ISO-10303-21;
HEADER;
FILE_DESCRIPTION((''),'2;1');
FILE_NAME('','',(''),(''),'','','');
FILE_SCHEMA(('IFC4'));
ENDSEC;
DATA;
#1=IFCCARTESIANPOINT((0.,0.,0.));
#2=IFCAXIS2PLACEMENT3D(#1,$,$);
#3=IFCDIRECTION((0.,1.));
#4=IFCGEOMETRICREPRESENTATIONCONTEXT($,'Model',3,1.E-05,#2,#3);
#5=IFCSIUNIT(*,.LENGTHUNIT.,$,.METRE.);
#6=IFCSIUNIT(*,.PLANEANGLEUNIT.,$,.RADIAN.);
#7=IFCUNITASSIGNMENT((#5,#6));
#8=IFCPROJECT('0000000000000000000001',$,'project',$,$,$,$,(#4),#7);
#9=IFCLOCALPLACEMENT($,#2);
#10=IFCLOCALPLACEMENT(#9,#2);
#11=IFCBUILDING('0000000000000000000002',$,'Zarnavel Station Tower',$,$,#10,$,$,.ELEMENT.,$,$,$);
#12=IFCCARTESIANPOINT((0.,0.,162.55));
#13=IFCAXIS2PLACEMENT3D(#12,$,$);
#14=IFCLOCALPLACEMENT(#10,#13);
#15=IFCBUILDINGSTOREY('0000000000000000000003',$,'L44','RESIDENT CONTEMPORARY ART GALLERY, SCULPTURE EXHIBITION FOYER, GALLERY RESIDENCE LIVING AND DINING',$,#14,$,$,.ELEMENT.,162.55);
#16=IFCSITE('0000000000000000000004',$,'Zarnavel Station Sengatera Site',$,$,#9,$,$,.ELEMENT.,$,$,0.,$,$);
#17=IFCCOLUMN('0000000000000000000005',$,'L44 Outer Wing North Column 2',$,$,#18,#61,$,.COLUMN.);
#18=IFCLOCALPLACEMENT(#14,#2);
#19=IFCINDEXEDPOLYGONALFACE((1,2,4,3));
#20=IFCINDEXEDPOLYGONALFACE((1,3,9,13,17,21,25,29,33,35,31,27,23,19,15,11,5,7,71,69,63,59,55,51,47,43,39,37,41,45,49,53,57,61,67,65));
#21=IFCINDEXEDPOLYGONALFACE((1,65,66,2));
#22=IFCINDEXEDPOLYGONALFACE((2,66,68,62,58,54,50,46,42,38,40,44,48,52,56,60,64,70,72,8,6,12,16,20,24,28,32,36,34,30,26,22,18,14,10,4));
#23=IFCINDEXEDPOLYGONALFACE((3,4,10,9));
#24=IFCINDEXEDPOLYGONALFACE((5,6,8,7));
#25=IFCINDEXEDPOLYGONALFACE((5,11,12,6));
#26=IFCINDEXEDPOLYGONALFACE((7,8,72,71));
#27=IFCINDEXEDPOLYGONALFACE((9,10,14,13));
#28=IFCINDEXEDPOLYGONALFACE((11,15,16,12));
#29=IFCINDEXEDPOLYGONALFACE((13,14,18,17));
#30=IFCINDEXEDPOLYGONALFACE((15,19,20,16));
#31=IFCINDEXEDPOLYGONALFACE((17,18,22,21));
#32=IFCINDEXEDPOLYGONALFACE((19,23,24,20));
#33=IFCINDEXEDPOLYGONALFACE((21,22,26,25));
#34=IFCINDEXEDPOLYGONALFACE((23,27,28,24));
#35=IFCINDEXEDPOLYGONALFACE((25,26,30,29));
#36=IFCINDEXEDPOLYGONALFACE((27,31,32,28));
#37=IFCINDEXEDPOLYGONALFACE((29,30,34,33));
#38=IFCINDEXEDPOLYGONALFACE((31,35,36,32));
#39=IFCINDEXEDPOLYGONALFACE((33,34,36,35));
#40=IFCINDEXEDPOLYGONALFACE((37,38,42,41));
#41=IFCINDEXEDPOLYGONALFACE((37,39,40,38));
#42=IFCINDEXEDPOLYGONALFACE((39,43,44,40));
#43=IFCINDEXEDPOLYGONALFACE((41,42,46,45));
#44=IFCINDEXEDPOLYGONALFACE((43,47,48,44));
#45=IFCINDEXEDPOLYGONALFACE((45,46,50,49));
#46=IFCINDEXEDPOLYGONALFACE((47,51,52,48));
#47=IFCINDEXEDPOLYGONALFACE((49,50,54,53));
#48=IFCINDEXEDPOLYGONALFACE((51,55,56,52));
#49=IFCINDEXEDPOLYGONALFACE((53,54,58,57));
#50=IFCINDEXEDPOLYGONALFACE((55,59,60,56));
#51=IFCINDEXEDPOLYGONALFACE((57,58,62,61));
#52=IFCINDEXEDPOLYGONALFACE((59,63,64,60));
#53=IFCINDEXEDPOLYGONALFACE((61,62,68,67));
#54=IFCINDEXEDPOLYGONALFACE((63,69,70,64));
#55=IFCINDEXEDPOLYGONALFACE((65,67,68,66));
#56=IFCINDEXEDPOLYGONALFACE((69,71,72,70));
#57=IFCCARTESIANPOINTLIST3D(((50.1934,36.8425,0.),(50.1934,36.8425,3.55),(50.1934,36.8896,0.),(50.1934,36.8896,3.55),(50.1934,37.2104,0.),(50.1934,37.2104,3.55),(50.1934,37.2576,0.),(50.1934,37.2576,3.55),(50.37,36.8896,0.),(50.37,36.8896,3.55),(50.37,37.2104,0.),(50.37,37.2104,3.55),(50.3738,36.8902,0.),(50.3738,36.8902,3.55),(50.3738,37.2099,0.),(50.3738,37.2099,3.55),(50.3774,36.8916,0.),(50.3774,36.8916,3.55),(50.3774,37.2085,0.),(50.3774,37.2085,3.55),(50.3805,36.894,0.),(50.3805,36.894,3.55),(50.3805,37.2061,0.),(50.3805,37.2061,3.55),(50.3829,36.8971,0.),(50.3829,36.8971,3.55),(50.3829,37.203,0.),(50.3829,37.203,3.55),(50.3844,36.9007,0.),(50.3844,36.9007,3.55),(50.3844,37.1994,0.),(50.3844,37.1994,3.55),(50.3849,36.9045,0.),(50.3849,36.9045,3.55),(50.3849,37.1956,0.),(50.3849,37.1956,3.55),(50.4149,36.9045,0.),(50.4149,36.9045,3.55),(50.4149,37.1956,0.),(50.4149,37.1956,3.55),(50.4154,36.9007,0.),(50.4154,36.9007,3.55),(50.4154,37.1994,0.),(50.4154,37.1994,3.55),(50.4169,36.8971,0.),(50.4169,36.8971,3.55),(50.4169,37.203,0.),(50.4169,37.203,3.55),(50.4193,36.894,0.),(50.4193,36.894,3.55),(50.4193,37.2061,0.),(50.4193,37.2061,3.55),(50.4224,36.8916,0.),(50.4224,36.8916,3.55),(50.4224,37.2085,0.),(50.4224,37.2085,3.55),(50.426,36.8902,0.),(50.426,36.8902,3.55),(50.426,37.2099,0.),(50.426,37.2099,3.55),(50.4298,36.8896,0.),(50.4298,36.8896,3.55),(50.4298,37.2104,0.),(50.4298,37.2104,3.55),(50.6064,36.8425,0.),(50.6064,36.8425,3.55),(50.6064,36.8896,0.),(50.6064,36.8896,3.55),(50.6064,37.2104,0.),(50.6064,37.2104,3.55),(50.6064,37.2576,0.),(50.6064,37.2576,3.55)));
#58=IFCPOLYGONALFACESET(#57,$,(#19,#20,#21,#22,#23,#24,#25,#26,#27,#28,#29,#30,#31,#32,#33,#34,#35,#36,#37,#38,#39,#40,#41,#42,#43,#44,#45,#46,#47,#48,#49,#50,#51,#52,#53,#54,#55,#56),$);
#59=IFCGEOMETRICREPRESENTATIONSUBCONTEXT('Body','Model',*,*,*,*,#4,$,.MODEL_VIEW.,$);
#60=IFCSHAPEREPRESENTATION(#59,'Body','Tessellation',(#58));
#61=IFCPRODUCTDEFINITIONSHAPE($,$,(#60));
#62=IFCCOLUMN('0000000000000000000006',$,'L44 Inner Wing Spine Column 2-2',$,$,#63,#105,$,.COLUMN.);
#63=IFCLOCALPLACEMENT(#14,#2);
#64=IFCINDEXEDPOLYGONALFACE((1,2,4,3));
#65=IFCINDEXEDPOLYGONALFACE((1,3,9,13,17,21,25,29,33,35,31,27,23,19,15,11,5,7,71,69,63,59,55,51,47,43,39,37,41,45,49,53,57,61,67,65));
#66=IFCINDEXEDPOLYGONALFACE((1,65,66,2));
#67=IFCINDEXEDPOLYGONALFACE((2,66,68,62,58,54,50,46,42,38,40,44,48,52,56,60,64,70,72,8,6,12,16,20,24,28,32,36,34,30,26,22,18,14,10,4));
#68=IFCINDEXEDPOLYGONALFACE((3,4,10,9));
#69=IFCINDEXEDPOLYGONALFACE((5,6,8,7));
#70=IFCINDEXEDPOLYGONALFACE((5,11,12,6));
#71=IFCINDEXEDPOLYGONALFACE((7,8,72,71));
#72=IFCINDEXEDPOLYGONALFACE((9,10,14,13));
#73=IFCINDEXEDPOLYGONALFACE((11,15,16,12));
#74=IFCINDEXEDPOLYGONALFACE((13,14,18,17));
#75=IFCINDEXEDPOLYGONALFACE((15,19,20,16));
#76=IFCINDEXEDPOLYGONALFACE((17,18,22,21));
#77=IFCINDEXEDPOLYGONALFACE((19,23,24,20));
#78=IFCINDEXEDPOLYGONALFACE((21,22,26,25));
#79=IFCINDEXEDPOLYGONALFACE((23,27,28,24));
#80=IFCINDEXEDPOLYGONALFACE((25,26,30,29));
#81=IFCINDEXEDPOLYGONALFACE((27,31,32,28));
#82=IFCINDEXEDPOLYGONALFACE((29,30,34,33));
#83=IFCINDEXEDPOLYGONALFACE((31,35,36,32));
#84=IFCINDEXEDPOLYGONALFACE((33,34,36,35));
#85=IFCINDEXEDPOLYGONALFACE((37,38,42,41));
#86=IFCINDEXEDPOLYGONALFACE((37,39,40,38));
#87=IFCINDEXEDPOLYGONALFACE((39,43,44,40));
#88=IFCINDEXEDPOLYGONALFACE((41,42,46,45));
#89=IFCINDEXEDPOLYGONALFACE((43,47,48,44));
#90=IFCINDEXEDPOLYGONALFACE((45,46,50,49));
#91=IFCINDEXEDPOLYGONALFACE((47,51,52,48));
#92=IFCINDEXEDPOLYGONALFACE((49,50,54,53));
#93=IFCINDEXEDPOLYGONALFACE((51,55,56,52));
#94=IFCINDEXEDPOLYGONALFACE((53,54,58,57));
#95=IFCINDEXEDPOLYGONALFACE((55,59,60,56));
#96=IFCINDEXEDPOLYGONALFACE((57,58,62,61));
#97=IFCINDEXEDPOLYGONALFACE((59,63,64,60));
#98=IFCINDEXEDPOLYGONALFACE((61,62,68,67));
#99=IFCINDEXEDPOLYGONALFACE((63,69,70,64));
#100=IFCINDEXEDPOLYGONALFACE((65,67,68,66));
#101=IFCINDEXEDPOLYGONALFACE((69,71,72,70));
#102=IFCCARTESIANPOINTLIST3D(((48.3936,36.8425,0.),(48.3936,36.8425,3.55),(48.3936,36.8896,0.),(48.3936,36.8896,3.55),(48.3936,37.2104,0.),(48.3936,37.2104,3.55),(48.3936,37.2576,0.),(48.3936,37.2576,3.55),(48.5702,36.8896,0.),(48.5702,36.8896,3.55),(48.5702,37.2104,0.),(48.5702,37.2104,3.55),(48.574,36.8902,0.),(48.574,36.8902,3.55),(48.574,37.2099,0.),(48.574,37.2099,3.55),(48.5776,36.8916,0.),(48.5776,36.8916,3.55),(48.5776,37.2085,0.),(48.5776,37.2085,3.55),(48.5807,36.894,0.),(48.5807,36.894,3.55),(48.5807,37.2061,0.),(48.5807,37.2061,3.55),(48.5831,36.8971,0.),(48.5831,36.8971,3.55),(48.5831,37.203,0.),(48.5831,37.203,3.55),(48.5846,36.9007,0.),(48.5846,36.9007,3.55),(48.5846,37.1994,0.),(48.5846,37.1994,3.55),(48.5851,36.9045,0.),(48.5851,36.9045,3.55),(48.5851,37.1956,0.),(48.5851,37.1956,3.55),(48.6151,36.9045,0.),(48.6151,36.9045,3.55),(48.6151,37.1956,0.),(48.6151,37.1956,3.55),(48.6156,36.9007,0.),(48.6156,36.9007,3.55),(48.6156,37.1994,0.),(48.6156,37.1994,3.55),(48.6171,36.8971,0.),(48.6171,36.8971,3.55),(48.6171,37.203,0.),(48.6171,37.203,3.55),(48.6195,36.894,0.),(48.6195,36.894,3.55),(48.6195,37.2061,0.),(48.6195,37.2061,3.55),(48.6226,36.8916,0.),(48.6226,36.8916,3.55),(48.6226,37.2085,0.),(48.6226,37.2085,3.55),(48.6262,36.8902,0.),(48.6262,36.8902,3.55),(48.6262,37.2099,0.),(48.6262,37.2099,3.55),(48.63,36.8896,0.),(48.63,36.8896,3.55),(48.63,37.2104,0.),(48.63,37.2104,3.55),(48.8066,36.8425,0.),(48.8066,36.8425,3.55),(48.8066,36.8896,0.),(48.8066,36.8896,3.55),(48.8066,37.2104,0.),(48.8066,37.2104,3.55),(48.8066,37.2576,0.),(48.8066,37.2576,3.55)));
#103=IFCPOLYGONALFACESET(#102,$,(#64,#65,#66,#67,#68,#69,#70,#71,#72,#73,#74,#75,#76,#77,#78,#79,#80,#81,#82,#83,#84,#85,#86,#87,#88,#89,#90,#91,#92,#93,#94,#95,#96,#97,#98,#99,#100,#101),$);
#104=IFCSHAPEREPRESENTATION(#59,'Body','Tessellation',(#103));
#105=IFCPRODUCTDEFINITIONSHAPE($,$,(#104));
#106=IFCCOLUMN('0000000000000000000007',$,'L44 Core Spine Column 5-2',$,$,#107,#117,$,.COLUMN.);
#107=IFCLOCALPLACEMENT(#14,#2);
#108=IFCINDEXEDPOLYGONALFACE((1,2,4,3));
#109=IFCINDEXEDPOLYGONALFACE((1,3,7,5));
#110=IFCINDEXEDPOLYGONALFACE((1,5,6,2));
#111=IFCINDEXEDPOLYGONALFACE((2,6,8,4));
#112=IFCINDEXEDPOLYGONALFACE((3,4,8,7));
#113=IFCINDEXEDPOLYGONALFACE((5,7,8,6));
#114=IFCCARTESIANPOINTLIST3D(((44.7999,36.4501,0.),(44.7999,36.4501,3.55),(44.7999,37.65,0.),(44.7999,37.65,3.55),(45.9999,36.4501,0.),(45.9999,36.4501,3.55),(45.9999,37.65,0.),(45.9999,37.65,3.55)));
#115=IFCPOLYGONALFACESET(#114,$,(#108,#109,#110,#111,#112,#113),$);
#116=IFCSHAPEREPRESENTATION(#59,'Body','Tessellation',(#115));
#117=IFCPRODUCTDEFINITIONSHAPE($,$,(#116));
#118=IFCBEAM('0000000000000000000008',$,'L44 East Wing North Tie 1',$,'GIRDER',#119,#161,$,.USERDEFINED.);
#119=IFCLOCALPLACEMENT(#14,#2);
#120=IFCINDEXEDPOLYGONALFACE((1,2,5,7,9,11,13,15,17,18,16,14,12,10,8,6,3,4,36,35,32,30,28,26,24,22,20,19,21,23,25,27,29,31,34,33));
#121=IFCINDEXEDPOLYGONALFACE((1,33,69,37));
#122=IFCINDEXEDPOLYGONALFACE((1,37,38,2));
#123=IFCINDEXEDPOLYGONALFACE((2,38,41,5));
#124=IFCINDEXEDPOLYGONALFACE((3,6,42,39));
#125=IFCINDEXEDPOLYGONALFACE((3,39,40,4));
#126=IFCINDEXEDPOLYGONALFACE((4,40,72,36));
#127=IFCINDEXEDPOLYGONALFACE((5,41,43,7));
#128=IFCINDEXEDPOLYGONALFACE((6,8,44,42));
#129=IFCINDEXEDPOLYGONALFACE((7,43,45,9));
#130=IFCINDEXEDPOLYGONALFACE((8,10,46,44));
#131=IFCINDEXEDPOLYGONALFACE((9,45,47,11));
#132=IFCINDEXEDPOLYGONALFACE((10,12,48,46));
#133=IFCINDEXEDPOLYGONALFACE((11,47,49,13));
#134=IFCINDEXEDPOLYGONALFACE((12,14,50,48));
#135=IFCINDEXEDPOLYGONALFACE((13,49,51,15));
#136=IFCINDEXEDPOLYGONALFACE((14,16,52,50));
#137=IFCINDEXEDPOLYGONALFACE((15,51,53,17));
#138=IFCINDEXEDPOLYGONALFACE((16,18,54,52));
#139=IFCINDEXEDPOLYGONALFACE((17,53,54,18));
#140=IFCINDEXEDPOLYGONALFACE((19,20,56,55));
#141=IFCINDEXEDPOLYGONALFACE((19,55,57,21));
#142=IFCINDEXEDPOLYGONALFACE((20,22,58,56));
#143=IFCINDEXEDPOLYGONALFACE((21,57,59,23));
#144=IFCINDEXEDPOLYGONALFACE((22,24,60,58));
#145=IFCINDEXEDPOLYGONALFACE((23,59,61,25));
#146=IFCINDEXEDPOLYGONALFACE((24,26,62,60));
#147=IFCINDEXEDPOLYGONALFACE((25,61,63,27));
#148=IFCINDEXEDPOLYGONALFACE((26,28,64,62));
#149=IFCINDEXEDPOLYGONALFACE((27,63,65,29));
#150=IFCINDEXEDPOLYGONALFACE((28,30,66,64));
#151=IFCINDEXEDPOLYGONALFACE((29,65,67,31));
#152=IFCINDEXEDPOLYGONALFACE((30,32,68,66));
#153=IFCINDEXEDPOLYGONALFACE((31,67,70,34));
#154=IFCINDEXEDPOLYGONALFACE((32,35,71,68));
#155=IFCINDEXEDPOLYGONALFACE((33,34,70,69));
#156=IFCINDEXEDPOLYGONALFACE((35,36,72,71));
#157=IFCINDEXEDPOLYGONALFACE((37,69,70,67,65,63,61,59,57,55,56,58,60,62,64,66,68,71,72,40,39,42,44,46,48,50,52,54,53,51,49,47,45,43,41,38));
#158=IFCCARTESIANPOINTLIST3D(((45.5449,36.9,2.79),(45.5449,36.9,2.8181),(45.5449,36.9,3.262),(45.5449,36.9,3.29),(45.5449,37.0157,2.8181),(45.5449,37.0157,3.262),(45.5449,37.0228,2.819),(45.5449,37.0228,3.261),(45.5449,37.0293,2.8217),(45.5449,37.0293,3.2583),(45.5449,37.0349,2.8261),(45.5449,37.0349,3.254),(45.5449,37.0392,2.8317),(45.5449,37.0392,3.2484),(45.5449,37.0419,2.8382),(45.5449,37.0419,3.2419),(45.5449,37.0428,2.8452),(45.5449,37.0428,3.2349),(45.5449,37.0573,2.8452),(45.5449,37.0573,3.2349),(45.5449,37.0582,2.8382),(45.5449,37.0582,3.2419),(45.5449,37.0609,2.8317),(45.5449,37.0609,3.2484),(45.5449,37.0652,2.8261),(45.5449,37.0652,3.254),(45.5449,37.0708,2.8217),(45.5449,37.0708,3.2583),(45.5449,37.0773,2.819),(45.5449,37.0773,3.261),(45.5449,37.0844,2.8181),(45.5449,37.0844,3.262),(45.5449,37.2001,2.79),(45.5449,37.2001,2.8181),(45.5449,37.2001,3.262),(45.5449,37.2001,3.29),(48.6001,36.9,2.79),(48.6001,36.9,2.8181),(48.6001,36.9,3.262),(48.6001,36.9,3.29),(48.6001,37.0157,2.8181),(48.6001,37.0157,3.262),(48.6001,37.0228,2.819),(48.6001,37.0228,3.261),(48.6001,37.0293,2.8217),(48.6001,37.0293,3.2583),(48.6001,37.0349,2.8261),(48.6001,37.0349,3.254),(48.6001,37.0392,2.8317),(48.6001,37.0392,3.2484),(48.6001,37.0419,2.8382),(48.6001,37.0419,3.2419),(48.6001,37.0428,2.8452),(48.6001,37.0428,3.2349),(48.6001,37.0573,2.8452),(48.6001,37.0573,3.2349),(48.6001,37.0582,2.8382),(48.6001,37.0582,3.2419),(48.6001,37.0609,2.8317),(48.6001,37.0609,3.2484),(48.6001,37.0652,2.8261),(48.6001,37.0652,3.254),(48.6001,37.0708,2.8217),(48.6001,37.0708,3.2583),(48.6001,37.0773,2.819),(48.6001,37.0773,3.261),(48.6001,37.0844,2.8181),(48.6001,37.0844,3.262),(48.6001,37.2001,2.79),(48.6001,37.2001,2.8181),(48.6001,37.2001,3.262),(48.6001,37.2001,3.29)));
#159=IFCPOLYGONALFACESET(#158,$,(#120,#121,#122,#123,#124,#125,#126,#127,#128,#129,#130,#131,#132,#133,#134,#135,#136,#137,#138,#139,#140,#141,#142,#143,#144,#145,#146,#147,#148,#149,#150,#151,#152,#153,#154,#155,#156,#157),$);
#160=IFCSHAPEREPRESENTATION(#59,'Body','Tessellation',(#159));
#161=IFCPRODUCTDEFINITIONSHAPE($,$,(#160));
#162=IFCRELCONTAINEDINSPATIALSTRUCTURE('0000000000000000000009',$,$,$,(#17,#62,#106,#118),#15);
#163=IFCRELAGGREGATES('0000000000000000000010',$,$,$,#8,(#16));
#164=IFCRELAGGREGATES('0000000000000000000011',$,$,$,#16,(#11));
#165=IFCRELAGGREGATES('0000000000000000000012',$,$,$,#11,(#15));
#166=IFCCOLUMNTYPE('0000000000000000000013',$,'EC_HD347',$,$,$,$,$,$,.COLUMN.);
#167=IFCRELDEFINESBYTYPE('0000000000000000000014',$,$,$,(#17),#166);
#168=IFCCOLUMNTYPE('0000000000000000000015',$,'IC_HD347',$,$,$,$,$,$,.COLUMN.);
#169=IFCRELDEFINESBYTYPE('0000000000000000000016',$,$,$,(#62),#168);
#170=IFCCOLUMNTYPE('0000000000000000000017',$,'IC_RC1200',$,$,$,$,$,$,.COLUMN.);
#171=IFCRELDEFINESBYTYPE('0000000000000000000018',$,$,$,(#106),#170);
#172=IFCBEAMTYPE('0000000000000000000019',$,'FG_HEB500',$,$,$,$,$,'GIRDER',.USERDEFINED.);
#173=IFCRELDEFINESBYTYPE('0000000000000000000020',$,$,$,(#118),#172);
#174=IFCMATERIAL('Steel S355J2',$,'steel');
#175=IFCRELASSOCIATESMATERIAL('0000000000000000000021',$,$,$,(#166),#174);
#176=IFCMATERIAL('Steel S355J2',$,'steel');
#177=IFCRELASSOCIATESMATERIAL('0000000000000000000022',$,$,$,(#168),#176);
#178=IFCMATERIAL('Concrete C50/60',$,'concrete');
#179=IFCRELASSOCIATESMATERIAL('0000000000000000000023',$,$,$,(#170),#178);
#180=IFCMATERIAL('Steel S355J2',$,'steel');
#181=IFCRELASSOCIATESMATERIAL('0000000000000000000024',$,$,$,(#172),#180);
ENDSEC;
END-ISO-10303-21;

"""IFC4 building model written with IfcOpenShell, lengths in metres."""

from ifc_helpers import new_model, si_unit, direction, frame, origin, origin_2d, place, context, subcontext, project, spatial, rectangle, i_section, extrude, material, material_profile, profile_set, type_object, element, save


model = new_model("IFC4")

# Units and contexts
model_context = context("Model", 3, precision=1e-05, world=origin(), true_north=direction((0.0, 1.0)))
body_context = subcontext(model_context, "Body", "Model", "MODEL_VIEW")
ifc_project = project(units=[si_unit("LENGTHUNIT", "METRE"), si_unit("PLANEANGLEUNIT", "RADIAN")], contexts=[model_context])

# Site, building, storey
site_placement = place(None, origin())
site = spatial("IfcSite", under=ifc_project, at=site_placement, Name="Zarnavel Station Sengatera Site", CompositionType="ELEMENT", RefElevation=0.0)
building_placement = place(site_placement, origin())
building = spatial("IfcBuilding", under=site, at=building_placement, Name="Zarnavel Station Tower", CompositionType="ELEMENT")
storey_placement = place(building_placement, frame((0.0, 0.0, 162.55)))
storey = spatial("IfcBuildingStorey", under=building, at=storey_placement, Name="L44", Description="RESIDENT CONTEMPORARY ART GALLERY, SCULPTURE EXHIBITION FOYER, GALLERY RESIDENCE LIVING AND DINING", CompositionType="ELEMENT", Elevation=162.55)

# Columns
ifc_material_1 = material(Name="Steel S355J2", Category="steel")
ifc_material_profile_1 = material_profile(ifc_material_1, i_section(OverallWidth=0.4131, OverallDepth=0.415, WebThickness=0.03, FlangeThickness=0.0471, FilletRadius=0.0149, at=origin_2d()), Name="HD400x347")
ifc_profile_set_1 = profile_set([ifc_material_profile_1], Name="Steel S355J2")
column_type_1 = type_object("IfcColumnType", Name="EC_HD347", PredefinedType="COLUMN", material=ifc_profile_set_1)
column_1_placement = place(storey_placement, frame((50.3999, 37.05, 0.0), z_axis=(0.0, 0.0, 1.0), x_axis=(1.0, 0.0, 0.0)))
element("IfcColumn", 1, at=column_1_placement, inside=storey, type_object=column_type_1, Name="L44 Outer Wing North Column 2", PredefinedType="COLUMN", context=body_context, shape_type="SweptSolid", body=[
    extrude(i_section(OverallWidth=0.4131, OverallDepth=0.415, WebThickness=0.03, FlangeThickness=0.0471, FilletRadius=0.0149, at=origin_2d()), origin(), (0.0, 0.0, 1.0), 3.55),
])
ifc_material_2 = material(Name="Steel S355J2", Category="steel")
ifc_material_profile_2 = material_profile(ifc_material_2, i_section(OverallWidth=0.4131, OverallDepth=0.415, WebThickness=0.03, FlangeThickness=0.0471, FilletRadius=0.0149, at=origin_2d()), Name="HD400x347")
ifc_profile_set_2 = profile_set([ifc_material_profile_2], Name="Steel S355J2")
column_type_2 = type_object("IfcColumnType", Name="IC_HD347", PredefinedType="COLUMN", material=ifc_profile_set_2)
column_2_placement = place(storey_placement, frame((48.6001, 37.05, 0.0), z_axis=(0.0, 0.0, 1.0), x_axis=(1.0, 0.0, 0.0)))
element("IfcColumn", 2, at=column_2_placement, inside=storey, type_object=column_type_2, Name="L44 Inner Wing Spine Column 2-2", PredefinedType="COLUMN", context=body_context, shape_type="SweptSolid", body=[
    extrude(i_section(OverallWidth=0.4131, OverallDepth=0.415, WebThickness=0.03, FlangeThickness=0.0471, FilletRadius=0.0149, at=origin_2d()), origin(), (0.0, 0.0, 1.0), 3.55),
])
ifc_material_3 = material(Name="Concrete C50/60", Category="concrete")
ifc_material_profile_3 = material_profile(ifc_material_3, rectangle(XDim=1.2, YDim=1.2, at=origin_2d()), Name="RC1200x1200")
ifc_profile_set_3 = profile_set([ifc_material_profile_3], Name="Concrete C50/60")
column_type_3 = type_object("IfcColumnType", Name="IC_RC1200", PredefinedType="COLUMN", material=ifc_profile_set_3)
column_3_placement = place(storey_placement, frame((45.3999, 37.05, 0.0), z_axis=(0.0, 0.0, 1.0), x_axis=(1.0, 0.0, 0.0)))
element("IfcColumn", 3, at=column_3_placement, inside=storey, type_object=column_type_3, Name="L44 Core Spine Column 5-2", PredefinedType="COLUMN", context=body_context, shape_type="SweptSolid", body=[
    extrude(rectangle(XDim=1.2, YDim=1.2, at=origin_2d()), origin(), (0.0, 0.0, 1.0), 3.55),
])

# Beam
ifc_material_4 = material(Name="Steel S355J2", Category="steel")
ifc_material_profile_4 = material_profile(ifc_material_4, i_section(OverallWidth=0.3, OverallDepth=0.5, WebThickness=0.0144, FlangeThickness=0.0281, FilletRadius=0.0271, at=origin_2d()), Name="HEB500")
ifc_profile_set_4 = profile_set([ifc_material_profile_4], Name="Steel S355J2")
beam_type = type_object("IfcBeamType", Name="FG_HEB500", ElementType="GIRDER", PredefinedType="USERDEFINED", material=ifc_profile_set_4)
beam_1_placement = place(storey_placement, frame((45.5449, 37.05, 3.04), z_axis=(1.0, 0.0, 0.0), x_axis=(0.0, 1.0, 0.0)))
element("IfcBeam", 4, at=beam_1_placement, inside=storey, type_object=beam_type, Name="L44 East Wing North Tie 1", ObjectType="GIRDER", PredefinedType="USERDEFINED", context=body_context, shape_type="SweptSolid", body=[
    extrude(i_section(OverallWidth=0.3, OverallDepth=0.5, WebThickness=0.0144, FlangeThickness=0.0281, FilletRadius=0.0271, at=origin_2d()), origin(), (0.0, 0.0, 1.0), 3.0552),
])

save(model, "model.ifc")
